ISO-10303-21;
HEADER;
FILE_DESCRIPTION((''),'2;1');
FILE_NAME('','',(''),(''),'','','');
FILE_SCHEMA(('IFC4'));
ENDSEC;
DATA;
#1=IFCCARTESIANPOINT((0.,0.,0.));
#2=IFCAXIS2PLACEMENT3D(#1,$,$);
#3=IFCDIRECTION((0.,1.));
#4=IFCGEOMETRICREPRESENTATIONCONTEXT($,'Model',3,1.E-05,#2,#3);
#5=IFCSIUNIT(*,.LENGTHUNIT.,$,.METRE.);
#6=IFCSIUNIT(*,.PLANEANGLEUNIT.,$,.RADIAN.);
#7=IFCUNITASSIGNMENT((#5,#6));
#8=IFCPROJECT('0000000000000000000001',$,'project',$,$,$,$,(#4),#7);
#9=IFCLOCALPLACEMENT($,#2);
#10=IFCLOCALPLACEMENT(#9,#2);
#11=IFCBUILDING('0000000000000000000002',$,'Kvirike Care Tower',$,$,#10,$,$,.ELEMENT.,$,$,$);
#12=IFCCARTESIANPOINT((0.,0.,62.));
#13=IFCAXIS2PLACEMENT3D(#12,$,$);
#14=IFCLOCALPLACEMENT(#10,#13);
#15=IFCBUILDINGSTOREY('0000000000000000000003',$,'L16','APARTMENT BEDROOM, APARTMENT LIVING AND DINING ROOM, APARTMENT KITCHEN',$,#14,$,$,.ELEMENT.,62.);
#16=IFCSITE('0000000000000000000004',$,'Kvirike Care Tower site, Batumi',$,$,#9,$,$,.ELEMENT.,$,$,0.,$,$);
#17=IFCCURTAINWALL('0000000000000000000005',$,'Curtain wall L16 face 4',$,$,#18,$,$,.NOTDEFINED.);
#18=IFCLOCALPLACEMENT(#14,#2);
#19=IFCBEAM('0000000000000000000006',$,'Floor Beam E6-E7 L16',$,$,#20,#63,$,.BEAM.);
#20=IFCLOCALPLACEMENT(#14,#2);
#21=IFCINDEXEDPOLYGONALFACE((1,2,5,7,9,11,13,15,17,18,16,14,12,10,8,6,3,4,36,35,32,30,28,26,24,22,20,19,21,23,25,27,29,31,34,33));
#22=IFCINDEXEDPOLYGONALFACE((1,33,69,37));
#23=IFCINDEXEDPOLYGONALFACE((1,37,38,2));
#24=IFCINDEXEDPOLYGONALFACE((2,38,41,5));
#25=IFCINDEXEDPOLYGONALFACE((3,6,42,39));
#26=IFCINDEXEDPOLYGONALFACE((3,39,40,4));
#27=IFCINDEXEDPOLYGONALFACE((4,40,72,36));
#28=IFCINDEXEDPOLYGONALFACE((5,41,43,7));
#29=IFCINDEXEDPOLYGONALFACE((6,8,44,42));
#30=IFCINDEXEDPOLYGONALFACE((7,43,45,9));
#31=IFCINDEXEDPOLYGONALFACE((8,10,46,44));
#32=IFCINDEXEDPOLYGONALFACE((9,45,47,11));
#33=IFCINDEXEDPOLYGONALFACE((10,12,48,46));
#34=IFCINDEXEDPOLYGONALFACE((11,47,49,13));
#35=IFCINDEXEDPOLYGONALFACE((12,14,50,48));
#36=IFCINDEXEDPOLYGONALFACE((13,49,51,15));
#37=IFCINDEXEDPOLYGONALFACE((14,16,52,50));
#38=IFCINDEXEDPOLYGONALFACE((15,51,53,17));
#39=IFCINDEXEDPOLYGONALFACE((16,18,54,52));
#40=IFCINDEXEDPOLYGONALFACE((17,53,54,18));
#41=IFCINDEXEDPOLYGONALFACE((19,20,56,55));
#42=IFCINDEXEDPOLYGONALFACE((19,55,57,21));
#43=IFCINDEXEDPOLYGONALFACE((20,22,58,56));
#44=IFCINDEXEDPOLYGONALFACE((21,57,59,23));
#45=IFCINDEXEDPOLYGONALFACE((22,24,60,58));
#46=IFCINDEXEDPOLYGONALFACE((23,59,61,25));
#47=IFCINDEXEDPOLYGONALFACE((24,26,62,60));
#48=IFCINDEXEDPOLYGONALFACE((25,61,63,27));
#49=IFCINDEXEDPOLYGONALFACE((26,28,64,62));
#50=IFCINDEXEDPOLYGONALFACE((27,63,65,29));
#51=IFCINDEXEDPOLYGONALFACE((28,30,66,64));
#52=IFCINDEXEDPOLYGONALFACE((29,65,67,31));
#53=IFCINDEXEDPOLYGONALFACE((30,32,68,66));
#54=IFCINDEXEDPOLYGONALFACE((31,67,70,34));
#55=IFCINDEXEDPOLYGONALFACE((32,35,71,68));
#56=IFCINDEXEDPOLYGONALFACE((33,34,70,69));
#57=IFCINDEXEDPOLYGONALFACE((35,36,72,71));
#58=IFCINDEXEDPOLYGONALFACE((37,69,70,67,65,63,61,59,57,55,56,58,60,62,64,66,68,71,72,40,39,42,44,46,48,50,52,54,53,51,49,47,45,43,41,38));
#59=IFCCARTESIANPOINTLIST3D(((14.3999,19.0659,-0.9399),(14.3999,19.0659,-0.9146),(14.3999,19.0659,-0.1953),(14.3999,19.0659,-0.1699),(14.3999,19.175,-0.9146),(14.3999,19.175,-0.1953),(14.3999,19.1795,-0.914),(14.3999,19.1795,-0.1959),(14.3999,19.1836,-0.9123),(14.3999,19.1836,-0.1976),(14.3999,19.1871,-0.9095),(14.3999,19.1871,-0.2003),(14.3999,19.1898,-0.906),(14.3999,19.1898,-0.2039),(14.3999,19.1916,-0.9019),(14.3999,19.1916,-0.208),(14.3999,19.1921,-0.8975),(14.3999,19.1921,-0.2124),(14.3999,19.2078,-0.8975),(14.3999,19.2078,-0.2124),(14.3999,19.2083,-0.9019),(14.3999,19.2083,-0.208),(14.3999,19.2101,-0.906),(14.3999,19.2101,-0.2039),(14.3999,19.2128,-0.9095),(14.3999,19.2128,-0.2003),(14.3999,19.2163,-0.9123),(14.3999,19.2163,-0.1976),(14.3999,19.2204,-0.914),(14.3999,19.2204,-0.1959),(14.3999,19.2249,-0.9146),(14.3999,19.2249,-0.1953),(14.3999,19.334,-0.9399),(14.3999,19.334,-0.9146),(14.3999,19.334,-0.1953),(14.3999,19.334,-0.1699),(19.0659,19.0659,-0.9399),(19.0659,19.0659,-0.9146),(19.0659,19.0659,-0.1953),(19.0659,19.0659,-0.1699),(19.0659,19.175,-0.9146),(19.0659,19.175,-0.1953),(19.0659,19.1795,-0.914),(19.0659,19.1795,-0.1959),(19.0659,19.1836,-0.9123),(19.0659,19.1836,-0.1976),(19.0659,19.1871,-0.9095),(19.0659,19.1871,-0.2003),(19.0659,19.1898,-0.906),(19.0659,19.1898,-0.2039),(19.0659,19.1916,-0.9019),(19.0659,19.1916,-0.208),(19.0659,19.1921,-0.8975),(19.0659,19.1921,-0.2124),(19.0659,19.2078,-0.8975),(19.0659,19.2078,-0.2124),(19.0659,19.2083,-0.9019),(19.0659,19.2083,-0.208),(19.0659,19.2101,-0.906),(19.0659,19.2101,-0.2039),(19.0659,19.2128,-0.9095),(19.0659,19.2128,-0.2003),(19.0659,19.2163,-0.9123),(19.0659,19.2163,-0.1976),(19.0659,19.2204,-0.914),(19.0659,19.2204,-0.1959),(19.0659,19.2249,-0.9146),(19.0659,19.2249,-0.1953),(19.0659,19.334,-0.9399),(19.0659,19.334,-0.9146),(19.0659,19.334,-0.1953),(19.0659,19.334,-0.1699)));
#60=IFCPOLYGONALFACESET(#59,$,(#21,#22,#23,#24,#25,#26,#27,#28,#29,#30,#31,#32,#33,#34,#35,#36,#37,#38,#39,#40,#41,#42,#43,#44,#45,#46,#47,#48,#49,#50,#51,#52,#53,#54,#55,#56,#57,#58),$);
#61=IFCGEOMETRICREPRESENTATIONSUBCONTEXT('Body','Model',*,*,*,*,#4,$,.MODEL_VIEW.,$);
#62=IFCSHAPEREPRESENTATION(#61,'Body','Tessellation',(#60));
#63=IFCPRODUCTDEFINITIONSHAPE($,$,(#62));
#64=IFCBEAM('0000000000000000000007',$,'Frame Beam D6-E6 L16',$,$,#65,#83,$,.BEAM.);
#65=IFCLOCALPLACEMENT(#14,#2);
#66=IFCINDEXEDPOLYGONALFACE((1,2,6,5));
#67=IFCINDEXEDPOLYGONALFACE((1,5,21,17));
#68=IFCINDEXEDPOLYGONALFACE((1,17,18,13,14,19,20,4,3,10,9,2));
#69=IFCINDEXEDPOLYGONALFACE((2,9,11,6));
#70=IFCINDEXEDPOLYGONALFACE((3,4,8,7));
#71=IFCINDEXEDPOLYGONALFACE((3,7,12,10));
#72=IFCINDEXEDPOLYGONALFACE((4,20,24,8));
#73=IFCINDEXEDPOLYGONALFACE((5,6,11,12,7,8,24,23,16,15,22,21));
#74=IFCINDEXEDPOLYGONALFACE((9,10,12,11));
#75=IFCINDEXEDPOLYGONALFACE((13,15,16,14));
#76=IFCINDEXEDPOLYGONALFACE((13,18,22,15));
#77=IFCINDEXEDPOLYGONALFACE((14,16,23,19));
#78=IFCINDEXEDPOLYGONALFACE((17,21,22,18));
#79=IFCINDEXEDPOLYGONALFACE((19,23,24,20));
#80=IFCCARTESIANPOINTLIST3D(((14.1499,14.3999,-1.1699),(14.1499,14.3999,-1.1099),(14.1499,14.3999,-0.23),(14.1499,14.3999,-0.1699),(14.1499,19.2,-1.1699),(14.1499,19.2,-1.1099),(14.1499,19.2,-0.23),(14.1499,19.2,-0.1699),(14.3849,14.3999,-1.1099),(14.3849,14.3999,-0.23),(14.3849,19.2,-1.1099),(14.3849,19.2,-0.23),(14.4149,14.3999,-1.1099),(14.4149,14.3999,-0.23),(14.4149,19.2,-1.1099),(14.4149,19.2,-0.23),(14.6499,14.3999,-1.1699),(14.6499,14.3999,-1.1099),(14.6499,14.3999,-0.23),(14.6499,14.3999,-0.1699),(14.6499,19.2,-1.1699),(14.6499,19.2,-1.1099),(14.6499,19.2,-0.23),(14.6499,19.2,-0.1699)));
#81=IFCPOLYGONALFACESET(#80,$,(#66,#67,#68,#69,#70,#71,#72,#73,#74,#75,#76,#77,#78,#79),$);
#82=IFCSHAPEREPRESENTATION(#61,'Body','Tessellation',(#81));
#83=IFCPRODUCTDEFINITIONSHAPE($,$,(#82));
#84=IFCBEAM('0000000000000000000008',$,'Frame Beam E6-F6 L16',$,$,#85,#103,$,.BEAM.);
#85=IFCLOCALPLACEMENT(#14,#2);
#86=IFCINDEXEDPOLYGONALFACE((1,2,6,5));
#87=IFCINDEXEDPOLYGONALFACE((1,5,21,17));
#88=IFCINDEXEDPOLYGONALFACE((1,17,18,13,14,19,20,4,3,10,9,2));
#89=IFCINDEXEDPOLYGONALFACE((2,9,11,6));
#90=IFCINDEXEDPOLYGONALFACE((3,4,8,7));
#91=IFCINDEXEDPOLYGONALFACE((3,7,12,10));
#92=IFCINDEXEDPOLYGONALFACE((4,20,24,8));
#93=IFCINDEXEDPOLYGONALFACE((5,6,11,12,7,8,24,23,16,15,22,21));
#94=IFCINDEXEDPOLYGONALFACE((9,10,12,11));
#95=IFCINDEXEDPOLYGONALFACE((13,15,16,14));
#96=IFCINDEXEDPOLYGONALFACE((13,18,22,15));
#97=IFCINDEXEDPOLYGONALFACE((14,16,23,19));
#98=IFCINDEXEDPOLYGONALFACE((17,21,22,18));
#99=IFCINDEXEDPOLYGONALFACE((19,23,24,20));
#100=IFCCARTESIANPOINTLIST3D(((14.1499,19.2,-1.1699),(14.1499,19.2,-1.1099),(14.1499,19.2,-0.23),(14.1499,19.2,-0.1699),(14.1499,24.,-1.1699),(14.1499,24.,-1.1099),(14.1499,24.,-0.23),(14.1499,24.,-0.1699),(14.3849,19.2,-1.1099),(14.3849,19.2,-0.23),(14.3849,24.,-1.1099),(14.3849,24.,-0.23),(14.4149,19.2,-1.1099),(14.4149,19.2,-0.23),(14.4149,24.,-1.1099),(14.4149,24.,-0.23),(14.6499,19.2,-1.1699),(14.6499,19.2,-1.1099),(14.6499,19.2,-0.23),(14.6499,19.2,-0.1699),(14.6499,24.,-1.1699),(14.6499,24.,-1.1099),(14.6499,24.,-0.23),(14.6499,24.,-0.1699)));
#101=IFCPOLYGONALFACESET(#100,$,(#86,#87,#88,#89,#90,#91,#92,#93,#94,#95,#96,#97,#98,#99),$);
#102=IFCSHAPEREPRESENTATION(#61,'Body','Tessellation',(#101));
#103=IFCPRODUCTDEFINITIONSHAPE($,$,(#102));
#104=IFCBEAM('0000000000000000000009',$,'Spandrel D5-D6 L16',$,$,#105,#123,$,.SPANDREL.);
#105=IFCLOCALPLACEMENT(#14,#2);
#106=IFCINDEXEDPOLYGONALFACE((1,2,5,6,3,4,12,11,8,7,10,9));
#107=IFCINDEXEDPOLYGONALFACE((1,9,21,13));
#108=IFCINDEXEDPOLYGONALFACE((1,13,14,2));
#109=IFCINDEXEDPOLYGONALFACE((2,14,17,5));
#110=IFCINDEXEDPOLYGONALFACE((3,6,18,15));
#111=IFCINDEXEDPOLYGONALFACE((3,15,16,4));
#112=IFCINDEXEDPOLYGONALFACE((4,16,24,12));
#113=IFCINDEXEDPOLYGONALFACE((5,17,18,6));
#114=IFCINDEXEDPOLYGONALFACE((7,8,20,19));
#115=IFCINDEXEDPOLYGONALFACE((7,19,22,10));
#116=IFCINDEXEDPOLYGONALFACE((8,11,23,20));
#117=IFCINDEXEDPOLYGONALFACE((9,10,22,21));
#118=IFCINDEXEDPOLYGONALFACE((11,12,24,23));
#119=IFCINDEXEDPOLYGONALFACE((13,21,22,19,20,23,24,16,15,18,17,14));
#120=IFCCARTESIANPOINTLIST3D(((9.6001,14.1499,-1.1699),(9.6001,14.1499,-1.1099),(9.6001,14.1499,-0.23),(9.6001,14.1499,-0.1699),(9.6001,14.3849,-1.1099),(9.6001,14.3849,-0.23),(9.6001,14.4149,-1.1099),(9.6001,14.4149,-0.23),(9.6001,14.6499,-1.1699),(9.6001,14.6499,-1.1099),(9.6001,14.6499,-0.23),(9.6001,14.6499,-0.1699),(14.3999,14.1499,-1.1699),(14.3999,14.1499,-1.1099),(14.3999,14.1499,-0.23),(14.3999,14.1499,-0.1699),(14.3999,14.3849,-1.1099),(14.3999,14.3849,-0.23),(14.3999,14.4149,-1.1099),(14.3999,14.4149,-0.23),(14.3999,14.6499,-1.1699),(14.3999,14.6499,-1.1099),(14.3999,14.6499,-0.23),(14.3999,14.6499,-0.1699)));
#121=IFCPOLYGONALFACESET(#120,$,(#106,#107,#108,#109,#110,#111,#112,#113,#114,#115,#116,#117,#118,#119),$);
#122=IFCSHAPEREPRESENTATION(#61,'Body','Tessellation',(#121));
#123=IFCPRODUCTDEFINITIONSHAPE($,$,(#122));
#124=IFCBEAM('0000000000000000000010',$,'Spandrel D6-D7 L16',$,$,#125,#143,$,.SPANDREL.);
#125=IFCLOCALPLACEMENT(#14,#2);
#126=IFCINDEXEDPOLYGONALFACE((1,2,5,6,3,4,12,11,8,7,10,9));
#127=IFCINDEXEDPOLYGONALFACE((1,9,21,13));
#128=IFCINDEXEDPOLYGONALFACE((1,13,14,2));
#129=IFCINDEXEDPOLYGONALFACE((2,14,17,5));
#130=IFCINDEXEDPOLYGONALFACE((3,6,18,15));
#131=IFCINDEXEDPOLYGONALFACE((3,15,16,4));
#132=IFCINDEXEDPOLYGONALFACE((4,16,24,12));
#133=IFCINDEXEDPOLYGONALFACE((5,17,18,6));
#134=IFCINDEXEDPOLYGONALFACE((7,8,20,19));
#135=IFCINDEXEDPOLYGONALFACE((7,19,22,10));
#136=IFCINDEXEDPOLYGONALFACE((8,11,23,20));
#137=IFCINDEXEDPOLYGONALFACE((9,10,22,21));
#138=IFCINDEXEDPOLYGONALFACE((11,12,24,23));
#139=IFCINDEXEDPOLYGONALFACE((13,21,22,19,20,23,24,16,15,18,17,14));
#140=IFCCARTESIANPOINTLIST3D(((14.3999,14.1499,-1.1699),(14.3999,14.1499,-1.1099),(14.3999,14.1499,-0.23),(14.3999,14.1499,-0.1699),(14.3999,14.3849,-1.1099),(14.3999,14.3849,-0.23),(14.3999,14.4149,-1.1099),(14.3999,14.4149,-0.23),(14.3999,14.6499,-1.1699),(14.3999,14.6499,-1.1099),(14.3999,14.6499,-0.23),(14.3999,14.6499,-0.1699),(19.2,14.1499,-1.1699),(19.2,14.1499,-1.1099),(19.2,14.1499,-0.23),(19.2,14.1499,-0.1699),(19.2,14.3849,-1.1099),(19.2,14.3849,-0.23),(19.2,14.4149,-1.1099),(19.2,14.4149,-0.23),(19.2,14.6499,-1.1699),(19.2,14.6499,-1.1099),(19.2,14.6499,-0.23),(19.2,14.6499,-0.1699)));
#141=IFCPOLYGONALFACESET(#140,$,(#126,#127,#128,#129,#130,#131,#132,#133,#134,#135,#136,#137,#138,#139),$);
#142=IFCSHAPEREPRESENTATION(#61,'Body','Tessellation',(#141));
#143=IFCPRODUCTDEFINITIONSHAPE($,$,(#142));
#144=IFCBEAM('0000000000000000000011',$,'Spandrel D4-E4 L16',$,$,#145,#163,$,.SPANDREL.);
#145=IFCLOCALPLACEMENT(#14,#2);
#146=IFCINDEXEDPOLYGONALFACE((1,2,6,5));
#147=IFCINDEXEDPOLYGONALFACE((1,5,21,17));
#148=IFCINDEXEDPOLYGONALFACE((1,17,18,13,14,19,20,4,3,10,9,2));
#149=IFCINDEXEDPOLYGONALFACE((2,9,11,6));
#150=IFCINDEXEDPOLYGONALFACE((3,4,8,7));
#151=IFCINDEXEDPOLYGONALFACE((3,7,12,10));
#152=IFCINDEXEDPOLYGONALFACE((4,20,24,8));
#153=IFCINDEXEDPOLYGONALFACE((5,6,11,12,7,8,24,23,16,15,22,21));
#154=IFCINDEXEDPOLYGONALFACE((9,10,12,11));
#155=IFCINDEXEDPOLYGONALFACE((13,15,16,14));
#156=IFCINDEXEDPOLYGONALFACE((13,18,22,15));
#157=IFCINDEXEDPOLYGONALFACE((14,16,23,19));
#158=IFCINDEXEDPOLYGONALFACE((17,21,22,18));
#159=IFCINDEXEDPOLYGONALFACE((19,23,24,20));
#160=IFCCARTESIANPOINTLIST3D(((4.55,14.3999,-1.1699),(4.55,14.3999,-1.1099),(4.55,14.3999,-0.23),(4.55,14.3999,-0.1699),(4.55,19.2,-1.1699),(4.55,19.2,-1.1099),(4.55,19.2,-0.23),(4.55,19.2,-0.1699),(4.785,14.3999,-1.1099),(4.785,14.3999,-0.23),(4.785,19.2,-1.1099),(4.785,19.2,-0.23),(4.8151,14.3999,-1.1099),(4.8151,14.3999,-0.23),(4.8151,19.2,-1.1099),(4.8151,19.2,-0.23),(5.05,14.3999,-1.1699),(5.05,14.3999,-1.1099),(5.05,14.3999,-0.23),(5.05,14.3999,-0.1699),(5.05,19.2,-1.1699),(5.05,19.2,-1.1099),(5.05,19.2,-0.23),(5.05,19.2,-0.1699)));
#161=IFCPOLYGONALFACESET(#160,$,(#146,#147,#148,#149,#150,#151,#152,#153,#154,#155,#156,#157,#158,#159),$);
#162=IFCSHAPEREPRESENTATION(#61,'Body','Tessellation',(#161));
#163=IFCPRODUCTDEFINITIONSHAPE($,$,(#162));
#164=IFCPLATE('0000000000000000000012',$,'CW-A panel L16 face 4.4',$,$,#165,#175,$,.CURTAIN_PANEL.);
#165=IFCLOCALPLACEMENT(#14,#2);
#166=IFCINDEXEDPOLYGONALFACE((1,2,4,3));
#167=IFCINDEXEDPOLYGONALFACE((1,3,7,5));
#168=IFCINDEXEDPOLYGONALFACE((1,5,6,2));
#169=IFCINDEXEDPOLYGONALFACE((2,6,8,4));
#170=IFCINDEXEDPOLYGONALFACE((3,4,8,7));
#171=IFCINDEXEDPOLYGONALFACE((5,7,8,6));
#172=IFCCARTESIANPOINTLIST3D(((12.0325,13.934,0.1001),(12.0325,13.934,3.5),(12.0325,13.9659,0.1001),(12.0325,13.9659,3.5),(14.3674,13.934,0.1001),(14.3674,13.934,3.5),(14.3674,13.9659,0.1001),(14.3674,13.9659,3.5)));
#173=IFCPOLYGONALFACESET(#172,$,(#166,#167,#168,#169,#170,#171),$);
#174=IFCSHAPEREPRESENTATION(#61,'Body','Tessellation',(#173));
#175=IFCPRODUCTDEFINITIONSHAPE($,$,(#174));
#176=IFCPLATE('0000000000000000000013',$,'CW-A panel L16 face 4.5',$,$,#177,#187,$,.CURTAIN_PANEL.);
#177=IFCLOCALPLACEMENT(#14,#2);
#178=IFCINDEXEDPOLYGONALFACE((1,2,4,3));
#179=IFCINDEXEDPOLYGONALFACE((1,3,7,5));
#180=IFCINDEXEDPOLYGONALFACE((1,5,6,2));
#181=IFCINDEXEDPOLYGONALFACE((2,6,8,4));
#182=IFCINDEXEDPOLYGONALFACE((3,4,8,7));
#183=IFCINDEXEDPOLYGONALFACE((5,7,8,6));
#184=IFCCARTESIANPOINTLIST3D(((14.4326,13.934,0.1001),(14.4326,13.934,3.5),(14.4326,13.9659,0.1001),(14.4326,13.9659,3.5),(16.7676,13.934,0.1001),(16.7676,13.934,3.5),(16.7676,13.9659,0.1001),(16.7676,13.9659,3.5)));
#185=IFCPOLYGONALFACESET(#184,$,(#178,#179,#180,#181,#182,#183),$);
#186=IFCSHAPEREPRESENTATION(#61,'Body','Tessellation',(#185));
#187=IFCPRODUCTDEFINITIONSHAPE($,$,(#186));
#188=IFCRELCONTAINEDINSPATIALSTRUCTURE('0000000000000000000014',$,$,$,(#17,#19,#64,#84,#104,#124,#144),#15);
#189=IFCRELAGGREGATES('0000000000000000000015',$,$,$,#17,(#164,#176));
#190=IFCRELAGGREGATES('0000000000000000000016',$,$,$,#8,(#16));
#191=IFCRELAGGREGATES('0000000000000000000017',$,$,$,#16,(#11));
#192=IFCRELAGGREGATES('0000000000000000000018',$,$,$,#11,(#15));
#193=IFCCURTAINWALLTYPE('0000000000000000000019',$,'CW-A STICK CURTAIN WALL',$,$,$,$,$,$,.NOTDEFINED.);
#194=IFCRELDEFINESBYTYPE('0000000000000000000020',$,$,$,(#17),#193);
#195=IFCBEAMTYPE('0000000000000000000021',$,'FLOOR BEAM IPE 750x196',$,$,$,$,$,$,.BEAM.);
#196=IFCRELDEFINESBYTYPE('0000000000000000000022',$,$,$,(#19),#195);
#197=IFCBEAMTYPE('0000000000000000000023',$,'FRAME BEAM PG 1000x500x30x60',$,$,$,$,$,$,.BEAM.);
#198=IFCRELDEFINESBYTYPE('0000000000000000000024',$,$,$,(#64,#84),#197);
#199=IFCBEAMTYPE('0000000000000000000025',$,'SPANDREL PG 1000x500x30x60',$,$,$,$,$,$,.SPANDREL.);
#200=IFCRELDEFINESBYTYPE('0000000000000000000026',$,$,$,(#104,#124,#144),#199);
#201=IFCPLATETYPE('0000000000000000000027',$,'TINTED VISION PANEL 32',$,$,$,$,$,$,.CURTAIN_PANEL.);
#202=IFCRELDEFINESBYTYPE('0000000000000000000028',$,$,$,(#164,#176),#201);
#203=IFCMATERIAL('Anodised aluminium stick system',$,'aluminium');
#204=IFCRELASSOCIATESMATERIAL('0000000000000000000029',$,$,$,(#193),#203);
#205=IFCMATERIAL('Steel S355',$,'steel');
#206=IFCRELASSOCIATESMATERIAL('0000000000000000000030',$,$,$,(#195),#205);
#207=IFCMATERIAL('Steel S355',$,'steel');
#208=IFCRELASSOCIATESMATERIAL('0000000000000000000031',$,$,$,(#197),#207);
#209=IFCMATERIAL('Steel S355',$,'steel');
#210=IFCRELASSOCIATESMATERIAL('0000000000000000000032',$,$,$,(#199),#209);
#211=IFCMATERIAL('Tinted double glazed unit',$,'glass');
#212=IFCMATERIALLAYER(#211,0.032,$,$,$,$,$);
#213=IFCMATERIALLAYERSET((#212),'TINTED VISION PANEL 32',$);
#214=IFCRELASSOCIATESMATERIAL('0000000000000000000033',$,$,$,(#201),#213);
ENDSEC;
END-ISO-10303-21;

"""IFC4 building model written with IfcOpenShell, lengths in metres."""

from ifc_helpers import new_model, si_unit, direction, frame, origin, origin_2d, place, context, subcontext, project, spatial, rectangle, i_section, extrude, material, layer, layer_set, material_profile, profile_set, type_object, element, aggregate, save


model = new_model("IFC4")

# Units and contexts
model_context = context("Model", 3, precision=1e-05, world=origin(), true_north=direction((0.0, 1.0)))
body_context = subcontext(model_context, "Body", "Model", "MODEL_VIEW")
ifc_project = project(units=[si_unit("LENGTHUNIT", "METRE"), si_unit("PLANEANGLEUNIT", "RADIAN")], contexts=[model_context])

# Site, building, storey
site_placement = place(None, origin())
site = spatial("IfcSite", under=ifc_project, at=site_placement, Name="Kvirike Care Tower site, Batumi", CompositionType="ELEMENT", RefElevation=0.0)
building_placement = place(site_placement, origin())
building = spatial("IfcBuilding", under=site, at=building_placement, Name="Kvirike Care Tower", CompositionType="ELEMENT")
storey_placement = place(building_placement, frame((0.0, 0.0, 62.0)))
storey = spatial("IfcBuildingStorey", under=building, at=storey_placement, Name="L16", Description="APARTMENT BEDROOM, APARTMENT LIVING AND DINING ROOM, APARTMENT KITCHEN", CompositionType="ELEMENT", Elevation=62.0)

# Curtain wall
ifc_material_1 = material(Name="Anodised aluminium stick system", Category="aluminium")
curtain_wall_type = type_object("IfcCurtainWallType", Name="CW-A STICK CURTAIN WALL", PredefinedType="NOTDEFINED", material=ifc_material_1)
curtain_wall_placement = place(storey_placement, origin())
curtain_wall = element("IfcCurtainWall", 1, at=curtain_wall_placement, inside=storey, type_object=curtain_wall_type, Name="Curtain wall L16 face 4", PredefinedType="NOTDEFINED")

# Beams
ifc_material_2 = material(Name="Steel S355", Category="steel")
ifc_material_profile_1 = material_profile(ifc_material_2, i_section(OverallWidth=0.2681, OverallDepth=0.77, WebThickness=0.0156, FlangeThickness=0.0254, FilletRadius=0.0171, at=origin_2d()), Name="IPE 750x196")
ifc_profile_set_1 = profile_set([ifc_material_profile_1], Name="Steel S355")
beam_type_1 = type_object("IfcBeamType", Name="FLOOR BEAM IPE 750x196", PredefinedType="BEAM", material=ifc_profile_set_1)
beam_1_placement = place(storey_placement, frame((14.3999, 19.2, -0.5549), z_axis=(1.0, 0.0, 0.0), x_axis=(0.0, 1.0, 0.0)))
element("IfcBeam", 2, at=beam_1_placement, inside=storey, type_object=beam_type_1, Name="Floor Beam E6-E7 L16", PredefinedType="BEAM", context=body_context, shape_type="SweptSolid", body=[
    extrude(i_section(OverallWidth=0.2681, OverallDepth=0.77, WebThickness=0.0156, FlangeThickness=0.0254, FilletRadius=0.0171, at=origin_2d()), origin(), (0.0, 0.0, 1.0), 4.666),
])
ifc_material_3 = material(Name="Steel S355", Category="steel")
ifc_material_profile_2 = material_profile(ifc_material_3, i_section(OverallWidth=0.5, OverallDepth=1.0, WebThickness=0.03, FlangeThickness=0.0601, at=origin_2d()), Name="PG 1000x500x30x60")
ifc_profile_set_2 = profile_set([ifc_material_profile_2], Name="Steel S355")
beam_type_2 = type_object("IfcBeamType", Name="FRAME BEAM PG 1000x500x30x60", PredefinedType="BEAM", material=ifc_profile_set_2)
for number, where, z_axis, x_axis, name in (
    (3, (14.3999, 14.3999, -0.6699), (0.0, 1.0, 0.0), (-1.0, 0.0, 0.0), "Frame Beam D6-E6 L16"),
    (4, (14.3999, 19.2, -0.6699), (0.0, 1.0, 0.0), (-1.0, 0.0, 0.0), "Frame Beam E6-F6 L16"),
):
    element("IfcBeam", number, at=place(storey_placement, frame(where, z_axis=z_axis, x_axis=x_axis)), inside=storey, type_object=beam_type_2, Name=name, PredefinedType="BEAM", context=body_context, shape_type="SweptSolid", body=[
        extrude(i_section(OverallWidth=0.5, OverallDepth=1.0, WebThickness=0.03, FlangeThickness=0.0601, at=origin_2d()), origin(), (0.0, 0.0, 1.0), 4.8),
    ])
ifc_material_4 = material(Name="Steel S355", Category="steel")
ifc_material_profile_3 = material_profile(ifc_material_4, i_section(OverallWidth=0.5, OverallDepth=1.0, WebThickness=0.03, FlangeThickness=0.0601, at=origin_2d()), Name="PG 1000x500x30x60")
ifc_profile_set_3 = profile_set([ifc_material_profile_3], Name="Steel S355")
beam_type_3 = type_object("IfcBeamType", Name="SPANDREL PG 1000x500x30x60", PredefinedType="SPANDREL", material=ifc_profile_set_3)
beam_2_placement = place(storey_placement, frame((9.6001, 14.3999, -0.6699), z_axis=(1.0, 0.0, 0.0), x_axis=(0.0, 1.0, 0.0)))
element("IfcBeam", 5, at=beam_2_placement, inside=storey, type_object=beam_type_3, Name="Spandrel D5-D6 L16", PredefinedType="SPANDREL", context=body_context, shape_type="SweptSolid", body=[
    extrude(i_section(OverallWidth=0.5, OverallDepth=1.0, WebThickness=0.03, FlangeThickness=0.0601, at=origin_2d()), origin(), (0.0, 0.0, 1.0), 4.7998),
])
for number, where, z_axis, x_axis, name in (
    (6, (14.3999, 14.3999, -0.6699), (1.0, 0.0, 0.0), (0.0, 1.0, 0.0), "Spandrel D6-D7 L16"),
    (7, (4.8, 14.3999, -0.6699), (0.0, 1.0, 0.0), (-1.0, 0.0, 0.0), "Spandrel D4-E4 L16"),
):
    element("IfcBeam", number, at=place(storey_placement, frame(where, z_axis=z_axis, x_axis=x_axis)), inside=storey, type_object=beam_type_3, Name=name, PredefinedType="SPANDREL", context=body_context, shape_type="SweptSolid", body=[
        extrude(i_section(OverallWidth=0.5, OverallDepth=1.0, WebThickness=0.03, FlangeThickness=0.0601, at=origin_2d()), origin(), (0.0, 0.0, 1.0), 4.8),
    ])

# Plates
ifc_material_5 = material(Name="Tinted double glazed unit", Category="glass")
ifc_layer_1 = layer(ifc_material_5, 0.032)
ifc_layer_set_1 = layer_set([ifc_layer_1], Name="TINTED VISION PANEL 32")
plate_type = type_object("IfcPlateType", Name="TINTED VISION PANEL 32", PredefinedType="CURTAIN_PANEL", material=ifc_layer_set_1)
plate_1_placement = place(storey_placement, frame((13.2, 13.95, 0.1001), z_axis=(0.0, 0.0, 1.0), x_axis=(1.0, 0.0, 0.0)))
plate_1 = element("IfcPlate", 8, at=plate_1_placement, type_object=plate_type, Name="CW-A panel L16 face 4.4", PredefinedType="CURTAIN_PANEL", context=body_context, shape_type="SweptSolid", body=[
    extrude(rectangle(XDim=2.335, YDim=0.032, at=origin_2d()), origin(), (0.0, 0.0, 1.0), 3.3999),
])
plate_2_placement = place(storey_placement, frame((15.6001, 13.95, 0.1001), z_axis=(0.0, 0.0, 1.0), x_axis=(1.0, 0.0, 0.0)))
plate_2 = element("IfcPlate", 9, at=plate_2_placement, type_object=plate_type, Name="CW-A panel L16 face 4.5", PredefinedType="CURTAIN_PANEL", context=body_context, shape_type="SweptSolid", body=[
    extrude(rectangle(XDim=2.335, YDim=0.032, at=origin_2d()), origin(), (0.0, 0.0, 1.0), 3.3999),
])
aggregate(curtain_wall, [plate_1, plate_2])

save(model, "model.ifc")
